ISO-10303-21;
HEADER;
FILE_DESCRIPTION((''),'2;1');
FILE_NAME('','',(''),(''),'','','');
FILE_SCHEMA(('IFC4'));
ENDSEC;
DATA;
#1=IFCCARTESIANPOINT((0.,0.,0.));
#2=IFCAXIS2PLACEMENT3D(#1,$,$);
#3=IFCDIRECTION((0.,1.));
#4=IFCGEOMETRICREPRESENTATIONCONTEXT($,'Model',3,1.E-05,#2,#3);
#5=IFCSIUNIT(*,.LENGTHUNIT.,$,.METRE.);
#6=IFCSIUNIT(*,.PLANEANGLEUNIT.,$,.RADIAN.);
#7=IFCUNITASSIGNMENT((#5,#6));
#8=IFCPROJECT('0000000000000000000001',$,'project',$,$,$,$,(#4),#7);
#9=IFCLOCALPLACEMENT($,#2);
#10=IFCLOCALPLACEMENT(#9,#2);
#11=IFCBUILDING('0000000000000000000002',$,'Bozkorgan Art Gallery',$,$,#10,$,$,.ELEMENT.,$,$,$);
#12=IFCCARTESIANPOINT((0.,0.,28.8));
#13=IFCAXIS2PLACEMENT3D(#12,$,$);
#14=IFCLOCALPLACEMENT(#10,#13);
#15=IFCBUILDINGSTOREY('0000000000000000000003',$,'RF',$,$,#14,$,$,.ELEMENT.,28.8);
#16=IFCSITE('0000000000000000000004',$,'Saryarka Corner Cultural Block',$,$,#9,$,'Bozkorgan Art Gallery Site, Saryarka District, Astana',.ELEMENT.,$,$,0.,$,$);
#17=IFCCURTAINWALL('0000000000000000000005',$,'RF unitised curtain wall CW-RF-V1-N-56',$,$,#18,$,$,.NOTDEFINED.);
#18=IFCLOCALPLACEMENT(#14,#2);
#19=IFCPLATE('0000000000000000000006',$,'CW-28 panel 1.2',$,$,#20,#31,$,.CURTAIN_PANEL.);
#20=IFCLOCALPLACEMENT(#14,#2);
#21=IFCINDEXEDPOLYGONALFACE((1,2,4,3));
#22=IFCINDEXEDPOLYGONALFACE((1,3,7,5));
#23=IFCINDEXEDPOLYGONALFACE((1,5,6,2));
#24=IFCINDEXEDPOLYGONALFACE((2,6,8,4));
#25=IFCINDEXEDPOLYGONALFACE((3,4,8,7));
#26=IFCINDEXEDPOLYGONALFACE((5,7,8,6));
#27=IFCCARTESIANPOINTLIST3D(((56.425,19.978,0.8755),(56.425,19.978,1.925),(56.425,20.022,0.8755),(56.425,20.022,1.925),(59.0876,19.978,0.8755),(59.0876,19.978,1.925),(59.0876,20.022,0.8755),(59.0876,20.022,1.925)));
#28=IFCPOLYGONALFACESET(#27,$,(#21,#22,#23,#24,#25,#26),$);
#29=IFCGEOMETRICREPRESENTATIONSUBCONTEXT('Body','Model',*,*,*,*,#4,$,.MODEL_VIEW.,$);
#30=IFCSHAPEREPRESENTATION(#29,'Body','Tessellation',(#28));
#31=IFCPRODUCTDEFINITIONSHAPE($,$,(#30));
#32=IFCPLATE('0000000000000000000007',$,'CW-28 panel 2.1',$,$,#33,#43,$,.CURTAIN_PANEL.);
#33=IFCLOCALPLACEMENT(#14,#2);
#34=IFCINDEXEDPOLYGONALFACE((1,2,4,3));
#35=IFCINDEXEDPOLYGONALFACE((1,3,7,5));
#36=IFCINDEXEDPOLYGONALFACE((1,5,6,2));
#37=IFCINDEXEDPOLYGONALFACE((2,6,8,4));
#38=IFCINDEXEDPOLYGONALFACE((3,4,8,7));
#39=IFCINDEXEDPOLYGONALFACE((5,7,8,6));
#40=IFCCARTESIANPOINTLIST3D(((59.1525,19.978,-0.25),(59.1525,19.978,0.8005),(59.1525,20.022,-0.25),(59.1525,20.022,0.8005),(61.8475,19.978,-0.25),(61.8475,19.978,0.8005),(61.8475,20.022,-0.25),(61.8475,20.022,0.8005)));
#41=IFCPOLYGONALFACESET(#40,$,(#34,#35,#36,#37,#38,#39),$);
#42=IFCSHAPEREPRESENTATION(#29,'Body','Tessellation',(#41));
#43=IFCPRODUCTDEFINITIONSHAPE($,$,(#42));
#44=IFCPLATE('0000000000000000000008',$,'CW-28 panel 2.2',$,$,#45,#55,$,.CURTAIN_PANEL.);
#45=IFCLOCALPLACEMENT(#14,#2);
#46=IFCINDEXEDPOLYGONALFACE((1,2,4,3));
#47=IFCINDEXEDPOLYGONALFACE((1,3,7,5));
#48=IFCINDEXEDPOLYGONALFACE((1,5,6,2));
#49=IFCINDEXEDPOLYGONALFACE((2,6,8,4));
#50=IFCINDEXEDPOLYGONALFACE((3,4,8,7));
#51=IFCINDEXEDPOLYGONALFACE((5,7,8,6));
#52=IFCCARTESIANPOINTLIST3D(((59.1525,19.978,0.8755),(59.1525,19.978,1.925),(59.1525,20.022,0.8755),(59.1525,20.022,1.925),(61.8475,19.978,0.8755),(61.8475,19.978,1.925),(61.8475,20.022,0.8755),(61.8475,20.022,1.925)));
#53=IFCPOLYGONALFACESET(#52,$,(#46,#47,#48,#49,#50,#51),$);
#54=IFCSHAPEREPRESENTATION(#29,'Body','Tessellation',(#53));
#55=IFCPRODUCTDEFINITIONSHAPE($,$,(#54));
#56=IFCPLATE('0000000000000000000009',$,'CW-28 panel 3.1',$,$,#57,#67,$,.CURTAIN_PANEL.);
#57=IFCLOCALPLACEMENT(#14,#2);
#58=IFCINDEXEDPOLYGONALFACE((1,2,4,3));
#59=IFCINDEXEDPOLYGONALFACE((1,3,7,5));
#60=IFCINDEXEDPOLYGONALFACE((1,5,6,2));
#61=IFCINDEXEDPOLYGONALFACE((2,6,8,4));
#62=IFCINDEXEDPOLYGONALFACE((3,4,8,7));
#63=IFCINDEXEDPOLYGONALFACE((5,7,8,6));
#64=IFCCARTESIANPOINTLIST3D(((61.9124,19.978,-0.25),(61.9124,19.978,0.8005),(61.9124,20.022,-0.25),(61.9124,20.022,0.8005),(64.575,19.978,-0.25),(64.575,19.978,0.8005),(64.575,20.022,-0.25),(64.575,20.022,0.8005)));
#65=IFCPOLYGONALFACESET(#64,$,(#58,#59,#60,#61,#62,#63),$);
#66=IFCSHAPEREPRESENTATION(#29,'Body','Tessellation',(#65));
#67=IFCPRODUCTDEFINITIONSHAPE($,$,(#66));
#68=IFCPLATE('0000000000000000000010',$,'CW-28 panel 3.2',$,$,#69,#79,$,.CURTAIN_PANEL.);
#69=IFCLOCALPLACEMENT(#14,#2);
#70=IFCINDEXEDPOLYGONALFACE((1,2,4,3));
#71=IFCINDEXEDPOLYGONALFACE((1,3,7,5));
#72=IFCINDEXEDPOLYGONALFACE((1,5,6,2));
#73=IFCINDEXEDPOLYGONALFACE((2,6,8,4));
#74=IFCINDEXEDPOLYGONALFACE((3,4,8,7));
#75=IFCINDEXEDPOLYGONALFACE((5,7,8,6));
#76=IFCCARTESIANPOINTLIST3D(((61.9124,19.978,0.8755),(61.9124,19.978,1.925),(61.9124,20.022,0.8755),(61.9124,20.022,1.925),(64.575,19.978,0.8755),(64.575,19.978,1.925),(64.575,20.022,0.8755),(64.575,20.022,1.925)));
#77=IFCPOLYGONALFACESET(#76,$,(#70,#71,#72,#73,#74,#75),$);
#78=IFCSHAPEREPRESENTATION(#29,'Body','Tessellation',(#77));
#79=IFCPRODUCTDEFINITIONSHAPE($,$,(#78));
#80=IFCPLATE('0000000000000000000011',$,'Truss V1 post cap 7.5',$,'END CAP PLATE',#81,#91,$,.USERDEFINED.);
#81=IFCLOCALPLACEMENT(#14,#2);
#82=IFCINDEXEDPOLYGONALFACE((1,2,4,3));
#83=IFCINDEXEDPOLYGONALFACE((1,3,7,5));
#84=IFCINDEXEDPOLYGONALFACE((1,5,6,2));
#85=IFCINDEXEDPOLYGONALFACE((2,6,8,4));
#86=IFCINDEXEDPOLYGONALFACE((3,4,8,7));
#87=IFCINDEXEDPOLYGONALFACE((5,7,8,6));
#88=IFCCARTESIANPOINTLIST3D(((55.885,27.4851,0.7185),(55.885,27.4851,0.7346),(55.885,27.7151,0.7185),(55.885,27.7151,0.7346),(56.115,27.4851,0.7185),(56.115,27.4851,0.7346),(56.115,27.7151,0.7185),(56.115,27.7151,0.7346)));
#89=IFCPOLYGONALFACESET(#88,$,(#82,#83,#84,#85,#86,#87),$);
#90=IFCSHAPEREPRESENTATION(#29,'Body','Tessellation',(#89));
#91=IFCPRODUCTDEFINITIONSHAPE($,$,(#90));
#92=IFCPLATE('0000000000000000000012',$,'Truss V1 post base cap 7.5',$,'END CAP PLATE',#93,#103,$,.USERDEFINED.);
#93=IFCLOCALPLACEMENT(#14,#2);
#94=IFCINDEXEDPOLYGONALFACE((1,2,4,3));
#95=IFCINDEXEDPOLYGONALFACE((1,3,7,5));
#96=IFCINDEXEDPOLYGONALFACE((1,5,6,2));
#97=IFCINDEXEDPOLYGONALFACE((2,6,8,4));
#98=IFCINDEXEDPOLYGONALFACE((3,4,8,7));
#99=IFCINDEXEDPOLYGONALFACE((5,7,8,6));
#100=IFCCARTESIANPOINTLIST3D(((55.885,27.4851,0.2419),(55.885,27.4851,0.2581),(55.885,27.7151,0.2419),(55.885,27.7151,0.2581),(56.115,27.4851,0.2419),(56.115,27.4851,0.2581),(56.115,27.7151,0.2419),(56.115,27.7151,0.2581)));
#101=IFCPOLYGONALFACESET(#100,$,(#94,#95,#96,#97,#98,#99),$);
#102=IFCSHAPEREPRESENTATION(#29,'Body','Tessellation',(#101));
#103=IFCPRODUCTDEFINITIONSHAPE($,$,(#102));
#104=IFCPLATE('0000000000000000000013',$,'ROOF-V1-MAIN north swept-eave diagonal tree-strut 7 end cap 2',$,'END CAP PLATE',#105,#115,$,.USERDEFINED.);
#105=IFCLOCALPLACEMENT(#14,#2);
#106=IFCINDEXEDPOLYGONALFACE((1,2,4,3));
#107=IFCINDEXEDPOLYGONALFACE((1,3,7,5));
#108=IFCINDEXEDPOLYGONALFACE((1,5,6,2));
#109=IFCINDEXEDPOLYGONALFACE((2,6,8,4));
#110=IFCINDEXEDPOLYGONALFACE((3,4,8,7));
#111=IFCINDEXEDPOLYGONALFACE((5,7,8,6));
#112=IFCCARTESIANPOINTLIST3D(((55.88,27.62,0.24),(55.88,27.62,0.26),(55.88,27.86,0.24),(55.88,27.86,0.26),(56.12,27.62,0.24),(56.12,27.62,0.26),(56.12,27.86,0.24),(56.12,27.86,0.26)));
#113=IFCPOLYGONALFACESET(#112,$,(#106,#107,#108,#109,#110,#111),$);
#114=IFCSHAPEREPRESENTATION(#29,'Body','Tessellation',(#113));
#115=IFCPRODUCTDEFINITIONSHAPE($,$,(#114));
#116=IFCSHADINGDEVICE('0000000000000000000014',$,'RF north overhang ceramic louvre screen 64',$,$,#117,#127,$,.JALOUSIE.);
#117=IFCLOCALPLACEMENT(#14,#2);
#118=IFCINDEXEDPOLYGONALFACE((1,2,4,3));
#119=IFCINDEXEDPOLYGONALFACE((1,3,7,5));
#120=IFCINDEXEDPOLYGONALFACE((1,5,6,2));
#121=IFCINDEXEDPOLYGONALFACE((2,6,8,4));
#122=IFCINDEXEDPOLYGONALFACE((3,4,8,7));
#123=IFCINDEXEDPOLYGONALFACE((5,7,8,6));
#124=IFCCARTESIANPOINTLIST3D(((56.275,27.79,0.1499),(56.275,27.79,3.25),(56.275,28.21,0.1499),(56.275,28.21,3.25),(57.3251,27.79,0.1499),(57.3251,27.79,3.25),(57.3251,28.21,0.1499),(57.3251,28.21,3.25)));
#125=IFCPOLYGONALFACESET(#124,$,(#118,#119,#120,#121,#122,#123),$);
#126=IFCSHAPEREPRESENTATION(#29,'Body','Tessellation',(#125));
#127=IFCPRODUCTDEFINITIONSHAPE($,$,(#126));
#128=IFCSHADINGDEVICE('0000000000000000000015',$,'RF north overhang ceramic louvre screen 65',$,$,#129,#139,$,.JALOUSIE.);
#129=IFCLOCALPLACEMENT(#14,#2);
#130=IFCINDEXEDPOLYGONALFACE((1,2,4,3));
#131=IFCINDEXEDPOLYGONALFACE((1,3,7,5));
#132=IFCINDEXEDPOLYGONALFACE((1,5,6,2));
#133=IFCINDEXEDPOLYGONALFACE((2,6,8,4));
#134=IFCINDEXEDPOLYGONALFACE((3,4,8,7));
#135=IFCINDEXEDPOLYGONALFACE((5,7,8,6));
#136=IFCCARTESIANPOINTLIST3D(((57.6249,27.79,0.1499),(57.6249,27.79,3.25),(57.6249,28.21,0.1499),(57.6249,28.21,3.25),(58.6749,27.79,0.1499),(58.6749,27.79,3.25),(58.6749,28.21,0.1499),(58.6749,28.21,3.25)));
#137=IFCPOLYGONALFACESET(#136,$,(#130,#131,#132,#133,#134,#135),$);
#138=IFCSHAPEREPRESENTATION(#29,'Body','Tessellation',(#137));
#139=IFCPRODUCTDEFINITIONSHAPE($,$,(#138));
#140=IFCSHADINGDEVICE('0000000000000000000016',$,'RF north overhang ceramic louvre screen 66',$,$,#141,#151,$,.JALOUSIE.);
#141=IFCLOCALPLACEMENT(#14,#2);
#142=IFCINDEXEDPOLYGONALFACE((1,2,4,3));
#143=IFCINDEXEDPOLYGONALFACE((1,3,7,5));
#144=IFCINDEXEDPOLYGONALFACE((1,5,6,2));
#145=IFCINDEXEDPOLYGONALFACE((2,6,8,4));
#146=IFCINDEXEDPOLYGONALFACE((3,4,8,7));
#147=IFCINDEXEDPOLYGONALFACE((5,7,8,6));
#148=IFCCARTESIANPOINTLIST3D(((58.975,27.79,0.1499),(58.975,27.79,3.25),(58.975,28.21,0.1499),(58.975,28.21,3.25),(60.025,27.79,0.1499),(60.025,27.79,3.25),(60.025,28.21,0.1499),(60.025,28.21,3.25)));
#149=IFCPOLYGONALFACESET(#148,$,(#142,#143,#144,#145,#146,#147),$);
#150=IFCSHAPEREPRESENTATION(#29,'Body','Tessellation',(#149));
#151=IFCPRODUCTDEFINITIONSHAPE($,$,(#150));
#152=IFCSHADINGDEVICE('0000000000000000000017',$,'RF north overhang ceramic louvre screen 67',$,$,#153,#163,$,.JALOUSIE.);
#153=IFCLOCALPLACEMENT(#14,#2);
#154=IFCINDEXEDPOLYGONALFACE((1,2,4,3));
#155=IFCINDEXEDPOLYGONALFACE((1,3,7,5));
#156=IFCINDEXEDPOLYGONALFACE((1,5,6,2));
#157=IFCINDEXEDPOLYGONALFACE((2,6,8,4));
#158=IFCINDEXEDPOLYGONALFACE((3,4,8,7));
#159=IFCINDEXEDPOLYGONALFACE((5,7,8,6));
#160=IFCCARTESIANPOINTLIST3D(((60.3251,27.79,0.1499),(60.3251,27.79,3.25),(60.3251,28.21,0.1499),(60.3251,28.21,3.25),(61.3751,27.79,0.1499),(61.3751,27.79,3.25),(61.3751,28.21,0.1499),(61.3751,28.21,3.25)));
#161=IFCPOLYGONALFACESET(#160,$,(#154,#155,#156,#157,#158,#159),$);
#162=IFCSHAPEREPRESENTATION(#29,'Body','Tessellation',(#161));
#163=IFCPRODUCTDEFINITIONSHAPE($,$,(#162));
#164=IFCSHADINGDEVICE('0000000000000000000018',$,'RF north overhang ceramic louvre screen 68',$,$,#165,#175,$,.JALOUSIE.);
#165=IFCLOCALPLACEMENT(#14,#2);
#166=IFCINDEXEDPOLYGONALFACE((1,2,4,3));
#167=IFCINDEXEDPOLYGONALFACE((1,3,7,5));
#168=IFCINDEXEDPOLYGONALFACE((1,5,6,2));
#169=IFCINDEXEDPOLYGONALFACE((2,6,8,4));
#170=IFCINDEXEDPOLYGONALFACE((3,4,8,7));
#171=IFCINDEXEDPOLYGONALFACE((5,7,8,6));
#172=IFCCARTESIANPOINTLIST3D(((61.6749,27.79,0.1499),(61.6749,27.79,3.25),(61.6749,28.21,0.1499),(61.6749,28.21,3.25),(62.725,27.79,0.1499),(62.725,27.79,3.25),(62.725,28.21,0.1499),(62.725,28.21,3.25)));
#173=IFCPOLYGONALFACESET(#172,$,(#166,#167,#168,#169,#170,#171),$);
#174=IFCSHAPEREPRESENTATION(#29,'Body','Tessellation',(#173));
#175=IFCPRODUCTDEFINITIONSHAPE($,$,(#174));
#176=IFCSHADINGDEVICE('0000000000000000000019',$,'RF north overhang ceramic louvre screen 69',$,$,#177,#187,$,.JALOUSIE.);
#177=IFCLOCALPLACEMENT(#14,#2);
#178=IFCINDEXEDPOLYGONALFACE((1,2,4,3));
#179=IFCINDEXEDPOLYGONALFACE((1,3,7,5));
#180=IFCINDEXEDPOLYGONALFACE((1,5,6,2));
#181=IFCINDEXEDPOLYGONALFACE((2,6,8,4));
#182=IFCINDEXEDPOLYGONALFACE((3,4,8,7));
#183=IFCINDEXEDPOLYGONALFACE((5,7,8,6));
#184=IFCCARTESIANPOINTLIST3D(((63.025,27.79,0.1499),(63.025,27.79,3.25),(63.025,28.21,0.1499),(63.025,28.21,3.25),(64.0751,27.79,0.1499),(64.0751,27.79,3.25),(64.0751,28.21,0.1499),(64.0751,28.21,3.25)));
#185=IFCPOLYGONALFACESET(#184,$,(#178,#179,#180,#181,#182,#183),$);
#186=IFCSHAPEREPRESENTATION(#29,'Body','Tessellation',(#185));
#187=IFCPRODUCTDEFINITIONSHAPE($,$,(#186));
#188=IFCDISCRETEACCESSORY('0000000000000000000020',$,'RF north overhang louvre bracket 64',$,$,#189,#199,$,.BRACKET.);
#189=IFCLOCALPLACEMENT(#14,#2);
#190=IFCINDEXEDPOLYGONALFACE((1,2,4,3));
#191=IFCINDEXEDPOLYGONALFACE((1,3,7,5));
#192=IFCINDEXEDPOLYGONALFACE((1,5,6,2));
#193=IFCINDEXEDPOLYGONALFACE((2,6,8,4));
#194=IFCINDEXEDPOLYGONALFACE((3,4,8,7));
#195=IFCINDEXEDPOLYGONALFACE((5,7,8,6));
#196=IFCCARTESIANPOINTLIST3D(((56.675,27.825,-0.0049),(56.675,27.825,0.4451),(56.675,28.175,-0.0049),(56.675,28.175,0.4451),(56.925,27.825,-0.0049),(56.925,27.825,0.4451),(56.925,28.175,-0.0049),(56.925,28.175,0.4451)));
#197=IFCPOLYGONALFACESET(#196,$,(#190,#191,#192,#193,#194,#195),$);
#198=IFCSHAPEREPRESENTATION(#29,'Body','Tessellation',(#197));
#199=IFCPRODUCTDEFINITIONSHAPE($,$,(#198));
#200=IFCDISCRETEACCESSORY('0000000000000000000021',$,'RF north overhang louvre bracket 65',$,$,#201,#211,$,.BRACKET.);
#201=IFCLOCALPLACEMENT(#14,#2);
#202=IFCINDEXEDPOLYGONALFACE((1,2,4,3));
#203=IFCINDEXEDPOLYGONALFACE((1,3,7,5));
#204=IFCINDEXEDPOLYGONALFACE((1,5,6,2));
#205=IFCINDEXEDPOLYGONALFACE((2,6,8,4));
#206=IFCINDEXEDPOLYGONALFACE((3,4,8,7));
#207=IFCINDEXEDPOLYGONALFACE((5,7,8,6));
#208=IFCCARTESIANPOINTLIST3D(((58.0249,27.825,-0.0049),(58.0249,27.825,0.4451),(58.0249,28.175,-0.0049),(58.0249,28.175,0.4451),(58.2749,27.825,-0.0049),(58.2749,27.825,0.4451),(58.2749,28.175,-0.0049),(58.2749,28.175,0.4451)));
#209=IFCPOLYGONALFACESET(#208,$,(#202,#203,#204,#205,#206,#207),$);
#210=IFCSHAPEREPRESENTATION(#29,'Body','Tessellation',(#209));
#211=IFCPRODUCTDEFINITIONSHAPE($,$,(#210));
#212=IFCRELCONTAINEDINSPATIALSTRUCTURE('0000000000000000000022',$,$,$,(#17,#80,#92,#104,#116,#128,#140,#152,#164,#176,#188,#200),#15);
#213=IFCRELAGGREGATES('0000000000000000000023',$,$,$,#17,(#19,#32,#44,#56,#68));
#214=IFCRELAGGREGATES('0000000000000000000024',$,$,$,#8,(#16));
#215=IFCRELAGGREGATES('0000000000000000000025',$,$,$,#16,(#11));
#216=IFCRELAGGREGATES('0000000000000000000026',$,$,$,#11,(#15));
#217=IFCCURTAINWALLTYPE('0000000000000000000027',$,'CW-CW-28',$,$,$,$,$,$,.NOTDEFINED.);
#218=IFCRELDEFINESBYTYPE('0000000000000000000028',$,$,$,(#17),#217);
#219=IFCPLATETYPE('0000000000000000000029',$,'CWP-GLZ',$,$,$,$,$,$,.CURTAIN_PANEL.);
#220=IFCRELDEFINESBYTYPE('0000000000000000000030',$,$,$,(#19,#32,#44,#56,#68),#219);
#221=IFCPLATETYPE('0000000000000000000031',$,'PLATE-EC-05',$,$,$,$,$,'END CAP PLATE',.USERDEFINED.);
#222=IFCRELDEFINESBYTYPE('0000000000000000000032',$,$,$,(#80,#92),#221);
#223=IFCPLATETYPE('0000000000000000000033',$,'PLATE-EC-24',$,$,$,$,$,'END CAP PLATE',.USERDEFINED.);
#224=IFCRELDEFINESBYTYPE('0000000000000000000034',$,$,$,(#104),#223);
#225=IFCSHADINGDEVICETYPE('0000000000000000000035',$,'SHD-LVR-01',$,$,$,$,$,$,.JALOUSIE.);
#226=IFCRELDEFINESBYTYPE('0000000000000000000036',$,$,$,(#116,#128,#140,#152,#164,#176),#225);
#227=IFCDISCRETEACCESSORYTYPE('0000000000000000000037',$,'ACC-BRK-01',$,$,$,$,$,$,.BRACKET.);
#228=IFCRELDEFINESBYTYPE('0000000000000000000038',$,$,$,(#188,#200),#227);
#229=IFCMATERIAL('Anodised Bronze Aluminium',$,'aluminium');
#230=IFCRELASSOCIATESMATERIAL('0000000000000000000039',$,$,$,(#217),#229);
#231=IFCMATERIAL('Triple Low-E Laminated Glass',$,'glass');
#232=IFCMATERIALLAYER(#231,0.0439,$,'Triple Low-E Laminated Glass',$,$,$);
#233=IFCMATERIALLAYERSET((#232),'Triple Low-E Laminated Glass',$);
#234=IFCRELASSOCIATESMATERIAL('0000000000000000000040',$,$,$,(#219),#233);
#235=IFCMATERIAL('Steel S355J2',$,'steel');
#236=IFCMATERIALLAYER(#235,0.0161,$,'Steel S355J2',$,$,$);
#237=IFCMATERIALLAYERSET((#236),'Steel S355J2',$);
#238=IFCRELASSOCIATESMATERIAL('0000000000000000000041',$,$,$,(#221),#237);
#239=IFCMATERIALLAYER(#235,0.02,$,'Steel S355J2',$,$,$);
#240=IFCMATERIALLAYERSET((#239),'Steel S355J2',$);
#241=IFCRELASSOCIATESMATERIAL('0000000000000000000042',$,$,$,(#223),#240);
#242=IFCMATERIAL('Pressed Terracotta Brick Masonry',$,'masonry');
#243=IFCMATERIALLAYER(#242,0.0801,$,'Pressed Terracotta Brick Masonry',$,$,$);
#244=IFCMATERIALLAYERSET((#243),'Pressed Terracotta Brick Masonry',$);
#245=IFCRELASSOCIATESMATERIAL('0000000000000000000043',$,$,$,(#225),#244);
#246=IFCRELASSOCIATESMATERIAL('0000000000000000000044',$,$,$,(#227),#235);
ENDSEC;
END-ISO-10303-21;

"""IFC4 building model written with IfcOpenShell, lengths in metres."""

from ifc_helpers import new_model, si_unit, direction, frame, origin, origin_2d, place, context, subcontext, project, spatial, rectangle, extrude, material, layer, layer_set, type_object, element, aggregate, save


model = new_model("IFC4")

# Units and contexts
model_context = context("Model", 3, precision=1e-05, world=origin(), true_north=direction((0.0, 1.0)))
body_context = subcontext(model_context, "Body", "Model", "MODEL_VIEW")
ifc_project = project(units=[si_unit("LENGTHUNIT", "METRE"), si_unit("PLANEANGLEUNIT", "RADIAN")], contexts=[model_context])

# Site, building, storey
site_placement = place(None, origin())
site = spatial("IfcSite", under=ifc_project, at=site_placement, Name="Saryarka Corner Cultural Block", LongName="Bozkorgan Art Gallery Site, Saryarka District, Astana", CompositionType="ELEMENT", RefElevation=0.0)
building_placement = place(site_placement, origin())
building = spatial("IfcBuilding", under=site, at=building_placement, Name="Bozkorgan Art Gallery", CompositionType="ELEMENT")
storey_placement = place(building_placement, frame((0.0, 0.0, 28.8)))
storey = spatial("IfcBuildingStorey", under=building, at=storey_placement, Name="RF", CompositionType="ELEMENT", Elevation=28.8)

# Curtain wall, plates
ifc_material_1 = material(Name="Anodised Bronze Aluminium", Category="aluminium")
curtain_wall_type = type_object("IfcCurtainWallType", Name="CW-CW-28", PredefinedType="NOTDEFINED", material=ifc_material_1)
curtain_wall_placement = place(storey_placement, origin())
curtain_wall = element("IfcCurtainWall", 1, at=curtain_wall_placement, inside=storey, type_object=curtain_wall_type, Name="RF unitised curtain wall CW-RF-V1-N-56", PredefinedType="NOTDEFINED")
ifc_material_2 = material(Name="Triple Low-E Laminated Glass", Category="glass")
ifc_layer_1 = layer(ifc_material_2, 0.0439, Name="Triple Low-E Laminated Glass")
ifc_layer_set_1 = layer_set([ifc_layer_1], Name="Triple Low-E Laminated Glass")
plate_type_1 = type_object("IfcPlateType", Name="CWP-GLZ", PredefinedType="CURTAIN_PANEL", material=ifc_layer_set_1)
plate_1_placement = place(storey_placement, frame((57.7563, 20.0, 0.8755), z_axis=(0.0, 0.0, 1.0), x_axis=(1.0, 0.0, 0.0)))
plate_1 = element("IfcPlate", 2, at=plate_1_placement, type_object=plate_type_1, Name="CW-28 panel 1.2", PredefinedType="CURTAIN_PANEL", context=body_context, shape_type="SweptSolid", body=[
    extrude(rectangle(XDim=2.6626, YDim=0.0439, at=origin_2d()), origin(), (0.0, 0.0, 1.0), 1.0496),
])
plate_2_placement = place(storey_placement, frame((60.5, 20.0, -0.25), z_axis=(0.0, 0.0, 1.0), x_axis=(1.0, 0.0, 0.0)))
plate_2 = element("IfcPlate", 3, at=plate_2_placement, type_object=plate_type_1, Name="CW-28 panel 2.1", PredefinedType="CURTAIN_PANEL", context=body_context, shape_type="SweptSolid", body=[
    extrude(rectangle(XDim=2.6951, YDim=0.0439, at=origin_2d()), origin(), (0.0, 0.0, 1.0), 1.0505),
])
plate_3_placement = place(storey_placement, frame((60.5, 20.0, 0.8755), z_axis=(0.0, 0.0, 1.0), x_axis=(1.0, 0.0, 0.0)))
plate_3 = element("IfcPlate", 4, at=plate_3_placement, type_object=plate_type_1, Name="CW-28 panel 2.2", PredefinedType="CURTAIN_PANEL", context=body_context, shape_type="SweptSolid", body=[
    extrude(rectangle(XDim=2.6951, YDim=0.0439, at=origin_2d()), origin(), (0.0, 0.0, 1.0), 1.0496),
])
plate_4_placement = place(storey_placement, frame((63.2437, 20.0, -0.25), z_axis=(0.0, 0.0, 1.0), x_axis=(1.0, 0.0, 0.0)))
plate_4 = element("IfcPlate", 5, at=plate_4_placement, type_object=plate_type_1, Name="CW-28 panel 3.1", PredefinedType="CURTAIN_PANEL", context=body_context, shape_type="SweptSolid", body=[
    extrude(rectangle(XDim=2.6626, YDim=0.0439, at=origin_2d()), origin(), (0.0, 0.0, 1.0), 1.0505),
])
plate_5_placement = place(storey_placement, frame((63.2437, 20.0, 0.8755), z_axis=(0.0, 0.0, 1.0), x_axis=(1.0, 0.0, 0.0)))
plate_5 = element("IfcPlate", 6, at=plate_5_placement, type_object=plate_type_1, Name="CW-28 panel 3.2", PredefinedType="CURTAIN_PANEL", context=body_context, shape_type="SweptSolid", body=[
    extrude(rectangle(XDim=2.6626, YDim=0.0439, at=origin_2d()), origin(), (0.0, 0.0, 1.0), 1.0496),
])
aggregate(curtain_wall, [plate_1, plate_2, plate_3, plate_4, plate_5])

# Plates
ifc_material_3 = material(Name="Steel S355J2", Category="steel")
ifc_layer_2 = layer(ifc_material_3, 0.0161, Name="Steel S355J2")
ifc_layer_set_2 = layer_set([ifc_layer_2], Name="Steel S355J2")
plate_type_2 = type_object("IfcPlateType", Name="PLATE-EC-05", ElementType="END CAP PLATE", PredefinedType="USERDEFINED", material=ifc_layer_set_2)
for number, where, z_axis, x_axis, name in (
    (7, (56.0, 27.6001, 0.7185), (0.0, 0.0, 1.0), (1.0, 0.0, 0.0), "Truss V1 post cap 7.5"),
    (8, (56.0, 27.6001, 0.2419), (0.0, 0.0, 1.0), (1.0, 0.0, 0.0), "Truss V1 post base cap 7.5"),
):
    element("IfcPlate", number, at=place(storey_placement, frame(where, z_axis=z_axis, x_axis=x_axis)), inside=storey, type_object=plate_type_2, Name=name, ObjectType="END CAP PLATE", PredefinedType="USERDEFINED", context=body_context, shape_type="SweptSolid", body=[
        extrude(rectangle(XDim=0.23, YDim=0.23, at=origin_2d()), origin(), (0.0, 0.0, 1.0), 0.0161),
    ])
ifc_layer_3 = layer(ifc_material_3, 0.02, Name="Steel S355J2")
ifc_layer_set_3 = layer_set([ifc_layer_3], Name="Steel S355J2")
plate_type_3 = type_object("IfcPlateType", Name="PLATE-EC-24", ElementType="END CAP PLATE", PredefinedType="USERDEFINED", material=ifc_layer_set_3)
plate_6_placement = place(storey_placement, frame((56.0, 27.74, 0.24), z_axis=(0.0, 0.0, 1.0), x_axis=(1.0, 0.0, 0.0)))
element("IfcPlate", 9, at=plate_6_placement, inside=storey, type_object=plate_type_3, Name="ROOF-V1-MAIN north swept-eave diagonal tree-strut 7 end cap 2", ObjectType="END CAP PLATE", PredefinedType="USERDEFINED", context=body_context, shape_type="SweptSolid", body=[
    extrude(rectangle(XDim=0.24, YDim=0.24, at=origin_2d()), origin(), (0.0, 0.0, 1.0), 0.02),
])

# Shading devices
ifc_material_4 = material(Name="Pressed Terracotta Brick Masonry", Category="masonry")
ifc_layer_4 = layer(ifc_material_4, 0.0801, Name="Pressed Terracotta Brick Masonry")
ifc_layer_set_4 = layer_set([ifc_layer_4], Name="Pressed Terracotta Brick Masonry")
shading_device_type = type_object("IfcShadingDeviceType", Name="SHD-LVR-01", PredefinedType="JALOUSIE", material=ifc_layer_set_4)
for number, where, z_axis, x_axis, name in (
    (10, (56.8, 28.0, 0.1499), (0.0, 0.0, 1.0), (1.0, 0.0, 0.0), "RF north overhang ceramic louvre screen 64"),
    (11, (58.1499, 28.0, 0.1499), (0.0, 0.0, 1.0), (1.0, 0.0, 0.0), "RF north overhang ceramic louvre screen 65"),
    (12, (59.5, 28.0, 0.1499), (0.0, 0.0, 1.0), (1.0, 0.0, 0.0), "RF north overhang ceramic louvre screen 66"),
    (13, (60.8501, 28.0, 0.1499), (0.0, 0.0, 1.0), (1.0, 0.0, 0.0), "RF north overhang ceramic louvre screen 67"),
    (14, (62.2, 28.0, 0.1499), (0.0, 0.0, 1.0), (1.0, 0.0, 0.0), "RF north overhang ceramic louvre screen 68"),
    (15, (63.55, 28.0, 0.1499), (0.0, 0.0, 1.0), (1.0, 0.0, 0.0), "RF north overhang ceramic louvre screen 69"),
):
    element("IfcShadingDevice", number, at=place(storey_placement, frame(where, z_axis=z_axis, x_axis=x_axis)), inside=storey, type_object=shading_device_type, Name=name, PredefinedType="JALOUSIE", context=body_context, shape_type="SweptSolid", body=[
        extrude(rectangle(XDim=1.05, YDim=0.4199, at=origin_2d()), origin(), (0.0, 0.0, 1.0), 3.1001),
    ])

# Discrete accessories
discrete_accessory_type = type_object("IfcDiscreteAccessoryType", Name="ACC-BRK-01", PredefinedType="BRACKET", material=ifc_material_3)
for number, where, z_axis, x_axis, name in (
    (16, (56.8, 28.0, -0.0049), (0.0, 0.0, 1.0), (1.0, 0.0, 0.0), "RF north overhang louvre bracket 64"),
    (17, (58.1499, 28.0, -0.0049), (0.0, 0.0, 1.0), (1.0, 0.0, 0.0), "RF north overhang louvre bracket 65"),
):
    element("IfcDiscreteAccessory", number, at=place(storey_placement, frame(where, z_axis=z_axis, x_axis=x_axis)), inside=storey, type_object=discrete_accessory_type, Name=name, PredefinedType="BRACKET", context=body_context, shape_type="SweptSolid", body=[
        extrude(rectangle(XDim=0.25, YDim=0.3501, at=origin_2d()), origin(), (0.0, 0.0, 1.0), 0.45),
    ])

save(model, "model.ifc")
